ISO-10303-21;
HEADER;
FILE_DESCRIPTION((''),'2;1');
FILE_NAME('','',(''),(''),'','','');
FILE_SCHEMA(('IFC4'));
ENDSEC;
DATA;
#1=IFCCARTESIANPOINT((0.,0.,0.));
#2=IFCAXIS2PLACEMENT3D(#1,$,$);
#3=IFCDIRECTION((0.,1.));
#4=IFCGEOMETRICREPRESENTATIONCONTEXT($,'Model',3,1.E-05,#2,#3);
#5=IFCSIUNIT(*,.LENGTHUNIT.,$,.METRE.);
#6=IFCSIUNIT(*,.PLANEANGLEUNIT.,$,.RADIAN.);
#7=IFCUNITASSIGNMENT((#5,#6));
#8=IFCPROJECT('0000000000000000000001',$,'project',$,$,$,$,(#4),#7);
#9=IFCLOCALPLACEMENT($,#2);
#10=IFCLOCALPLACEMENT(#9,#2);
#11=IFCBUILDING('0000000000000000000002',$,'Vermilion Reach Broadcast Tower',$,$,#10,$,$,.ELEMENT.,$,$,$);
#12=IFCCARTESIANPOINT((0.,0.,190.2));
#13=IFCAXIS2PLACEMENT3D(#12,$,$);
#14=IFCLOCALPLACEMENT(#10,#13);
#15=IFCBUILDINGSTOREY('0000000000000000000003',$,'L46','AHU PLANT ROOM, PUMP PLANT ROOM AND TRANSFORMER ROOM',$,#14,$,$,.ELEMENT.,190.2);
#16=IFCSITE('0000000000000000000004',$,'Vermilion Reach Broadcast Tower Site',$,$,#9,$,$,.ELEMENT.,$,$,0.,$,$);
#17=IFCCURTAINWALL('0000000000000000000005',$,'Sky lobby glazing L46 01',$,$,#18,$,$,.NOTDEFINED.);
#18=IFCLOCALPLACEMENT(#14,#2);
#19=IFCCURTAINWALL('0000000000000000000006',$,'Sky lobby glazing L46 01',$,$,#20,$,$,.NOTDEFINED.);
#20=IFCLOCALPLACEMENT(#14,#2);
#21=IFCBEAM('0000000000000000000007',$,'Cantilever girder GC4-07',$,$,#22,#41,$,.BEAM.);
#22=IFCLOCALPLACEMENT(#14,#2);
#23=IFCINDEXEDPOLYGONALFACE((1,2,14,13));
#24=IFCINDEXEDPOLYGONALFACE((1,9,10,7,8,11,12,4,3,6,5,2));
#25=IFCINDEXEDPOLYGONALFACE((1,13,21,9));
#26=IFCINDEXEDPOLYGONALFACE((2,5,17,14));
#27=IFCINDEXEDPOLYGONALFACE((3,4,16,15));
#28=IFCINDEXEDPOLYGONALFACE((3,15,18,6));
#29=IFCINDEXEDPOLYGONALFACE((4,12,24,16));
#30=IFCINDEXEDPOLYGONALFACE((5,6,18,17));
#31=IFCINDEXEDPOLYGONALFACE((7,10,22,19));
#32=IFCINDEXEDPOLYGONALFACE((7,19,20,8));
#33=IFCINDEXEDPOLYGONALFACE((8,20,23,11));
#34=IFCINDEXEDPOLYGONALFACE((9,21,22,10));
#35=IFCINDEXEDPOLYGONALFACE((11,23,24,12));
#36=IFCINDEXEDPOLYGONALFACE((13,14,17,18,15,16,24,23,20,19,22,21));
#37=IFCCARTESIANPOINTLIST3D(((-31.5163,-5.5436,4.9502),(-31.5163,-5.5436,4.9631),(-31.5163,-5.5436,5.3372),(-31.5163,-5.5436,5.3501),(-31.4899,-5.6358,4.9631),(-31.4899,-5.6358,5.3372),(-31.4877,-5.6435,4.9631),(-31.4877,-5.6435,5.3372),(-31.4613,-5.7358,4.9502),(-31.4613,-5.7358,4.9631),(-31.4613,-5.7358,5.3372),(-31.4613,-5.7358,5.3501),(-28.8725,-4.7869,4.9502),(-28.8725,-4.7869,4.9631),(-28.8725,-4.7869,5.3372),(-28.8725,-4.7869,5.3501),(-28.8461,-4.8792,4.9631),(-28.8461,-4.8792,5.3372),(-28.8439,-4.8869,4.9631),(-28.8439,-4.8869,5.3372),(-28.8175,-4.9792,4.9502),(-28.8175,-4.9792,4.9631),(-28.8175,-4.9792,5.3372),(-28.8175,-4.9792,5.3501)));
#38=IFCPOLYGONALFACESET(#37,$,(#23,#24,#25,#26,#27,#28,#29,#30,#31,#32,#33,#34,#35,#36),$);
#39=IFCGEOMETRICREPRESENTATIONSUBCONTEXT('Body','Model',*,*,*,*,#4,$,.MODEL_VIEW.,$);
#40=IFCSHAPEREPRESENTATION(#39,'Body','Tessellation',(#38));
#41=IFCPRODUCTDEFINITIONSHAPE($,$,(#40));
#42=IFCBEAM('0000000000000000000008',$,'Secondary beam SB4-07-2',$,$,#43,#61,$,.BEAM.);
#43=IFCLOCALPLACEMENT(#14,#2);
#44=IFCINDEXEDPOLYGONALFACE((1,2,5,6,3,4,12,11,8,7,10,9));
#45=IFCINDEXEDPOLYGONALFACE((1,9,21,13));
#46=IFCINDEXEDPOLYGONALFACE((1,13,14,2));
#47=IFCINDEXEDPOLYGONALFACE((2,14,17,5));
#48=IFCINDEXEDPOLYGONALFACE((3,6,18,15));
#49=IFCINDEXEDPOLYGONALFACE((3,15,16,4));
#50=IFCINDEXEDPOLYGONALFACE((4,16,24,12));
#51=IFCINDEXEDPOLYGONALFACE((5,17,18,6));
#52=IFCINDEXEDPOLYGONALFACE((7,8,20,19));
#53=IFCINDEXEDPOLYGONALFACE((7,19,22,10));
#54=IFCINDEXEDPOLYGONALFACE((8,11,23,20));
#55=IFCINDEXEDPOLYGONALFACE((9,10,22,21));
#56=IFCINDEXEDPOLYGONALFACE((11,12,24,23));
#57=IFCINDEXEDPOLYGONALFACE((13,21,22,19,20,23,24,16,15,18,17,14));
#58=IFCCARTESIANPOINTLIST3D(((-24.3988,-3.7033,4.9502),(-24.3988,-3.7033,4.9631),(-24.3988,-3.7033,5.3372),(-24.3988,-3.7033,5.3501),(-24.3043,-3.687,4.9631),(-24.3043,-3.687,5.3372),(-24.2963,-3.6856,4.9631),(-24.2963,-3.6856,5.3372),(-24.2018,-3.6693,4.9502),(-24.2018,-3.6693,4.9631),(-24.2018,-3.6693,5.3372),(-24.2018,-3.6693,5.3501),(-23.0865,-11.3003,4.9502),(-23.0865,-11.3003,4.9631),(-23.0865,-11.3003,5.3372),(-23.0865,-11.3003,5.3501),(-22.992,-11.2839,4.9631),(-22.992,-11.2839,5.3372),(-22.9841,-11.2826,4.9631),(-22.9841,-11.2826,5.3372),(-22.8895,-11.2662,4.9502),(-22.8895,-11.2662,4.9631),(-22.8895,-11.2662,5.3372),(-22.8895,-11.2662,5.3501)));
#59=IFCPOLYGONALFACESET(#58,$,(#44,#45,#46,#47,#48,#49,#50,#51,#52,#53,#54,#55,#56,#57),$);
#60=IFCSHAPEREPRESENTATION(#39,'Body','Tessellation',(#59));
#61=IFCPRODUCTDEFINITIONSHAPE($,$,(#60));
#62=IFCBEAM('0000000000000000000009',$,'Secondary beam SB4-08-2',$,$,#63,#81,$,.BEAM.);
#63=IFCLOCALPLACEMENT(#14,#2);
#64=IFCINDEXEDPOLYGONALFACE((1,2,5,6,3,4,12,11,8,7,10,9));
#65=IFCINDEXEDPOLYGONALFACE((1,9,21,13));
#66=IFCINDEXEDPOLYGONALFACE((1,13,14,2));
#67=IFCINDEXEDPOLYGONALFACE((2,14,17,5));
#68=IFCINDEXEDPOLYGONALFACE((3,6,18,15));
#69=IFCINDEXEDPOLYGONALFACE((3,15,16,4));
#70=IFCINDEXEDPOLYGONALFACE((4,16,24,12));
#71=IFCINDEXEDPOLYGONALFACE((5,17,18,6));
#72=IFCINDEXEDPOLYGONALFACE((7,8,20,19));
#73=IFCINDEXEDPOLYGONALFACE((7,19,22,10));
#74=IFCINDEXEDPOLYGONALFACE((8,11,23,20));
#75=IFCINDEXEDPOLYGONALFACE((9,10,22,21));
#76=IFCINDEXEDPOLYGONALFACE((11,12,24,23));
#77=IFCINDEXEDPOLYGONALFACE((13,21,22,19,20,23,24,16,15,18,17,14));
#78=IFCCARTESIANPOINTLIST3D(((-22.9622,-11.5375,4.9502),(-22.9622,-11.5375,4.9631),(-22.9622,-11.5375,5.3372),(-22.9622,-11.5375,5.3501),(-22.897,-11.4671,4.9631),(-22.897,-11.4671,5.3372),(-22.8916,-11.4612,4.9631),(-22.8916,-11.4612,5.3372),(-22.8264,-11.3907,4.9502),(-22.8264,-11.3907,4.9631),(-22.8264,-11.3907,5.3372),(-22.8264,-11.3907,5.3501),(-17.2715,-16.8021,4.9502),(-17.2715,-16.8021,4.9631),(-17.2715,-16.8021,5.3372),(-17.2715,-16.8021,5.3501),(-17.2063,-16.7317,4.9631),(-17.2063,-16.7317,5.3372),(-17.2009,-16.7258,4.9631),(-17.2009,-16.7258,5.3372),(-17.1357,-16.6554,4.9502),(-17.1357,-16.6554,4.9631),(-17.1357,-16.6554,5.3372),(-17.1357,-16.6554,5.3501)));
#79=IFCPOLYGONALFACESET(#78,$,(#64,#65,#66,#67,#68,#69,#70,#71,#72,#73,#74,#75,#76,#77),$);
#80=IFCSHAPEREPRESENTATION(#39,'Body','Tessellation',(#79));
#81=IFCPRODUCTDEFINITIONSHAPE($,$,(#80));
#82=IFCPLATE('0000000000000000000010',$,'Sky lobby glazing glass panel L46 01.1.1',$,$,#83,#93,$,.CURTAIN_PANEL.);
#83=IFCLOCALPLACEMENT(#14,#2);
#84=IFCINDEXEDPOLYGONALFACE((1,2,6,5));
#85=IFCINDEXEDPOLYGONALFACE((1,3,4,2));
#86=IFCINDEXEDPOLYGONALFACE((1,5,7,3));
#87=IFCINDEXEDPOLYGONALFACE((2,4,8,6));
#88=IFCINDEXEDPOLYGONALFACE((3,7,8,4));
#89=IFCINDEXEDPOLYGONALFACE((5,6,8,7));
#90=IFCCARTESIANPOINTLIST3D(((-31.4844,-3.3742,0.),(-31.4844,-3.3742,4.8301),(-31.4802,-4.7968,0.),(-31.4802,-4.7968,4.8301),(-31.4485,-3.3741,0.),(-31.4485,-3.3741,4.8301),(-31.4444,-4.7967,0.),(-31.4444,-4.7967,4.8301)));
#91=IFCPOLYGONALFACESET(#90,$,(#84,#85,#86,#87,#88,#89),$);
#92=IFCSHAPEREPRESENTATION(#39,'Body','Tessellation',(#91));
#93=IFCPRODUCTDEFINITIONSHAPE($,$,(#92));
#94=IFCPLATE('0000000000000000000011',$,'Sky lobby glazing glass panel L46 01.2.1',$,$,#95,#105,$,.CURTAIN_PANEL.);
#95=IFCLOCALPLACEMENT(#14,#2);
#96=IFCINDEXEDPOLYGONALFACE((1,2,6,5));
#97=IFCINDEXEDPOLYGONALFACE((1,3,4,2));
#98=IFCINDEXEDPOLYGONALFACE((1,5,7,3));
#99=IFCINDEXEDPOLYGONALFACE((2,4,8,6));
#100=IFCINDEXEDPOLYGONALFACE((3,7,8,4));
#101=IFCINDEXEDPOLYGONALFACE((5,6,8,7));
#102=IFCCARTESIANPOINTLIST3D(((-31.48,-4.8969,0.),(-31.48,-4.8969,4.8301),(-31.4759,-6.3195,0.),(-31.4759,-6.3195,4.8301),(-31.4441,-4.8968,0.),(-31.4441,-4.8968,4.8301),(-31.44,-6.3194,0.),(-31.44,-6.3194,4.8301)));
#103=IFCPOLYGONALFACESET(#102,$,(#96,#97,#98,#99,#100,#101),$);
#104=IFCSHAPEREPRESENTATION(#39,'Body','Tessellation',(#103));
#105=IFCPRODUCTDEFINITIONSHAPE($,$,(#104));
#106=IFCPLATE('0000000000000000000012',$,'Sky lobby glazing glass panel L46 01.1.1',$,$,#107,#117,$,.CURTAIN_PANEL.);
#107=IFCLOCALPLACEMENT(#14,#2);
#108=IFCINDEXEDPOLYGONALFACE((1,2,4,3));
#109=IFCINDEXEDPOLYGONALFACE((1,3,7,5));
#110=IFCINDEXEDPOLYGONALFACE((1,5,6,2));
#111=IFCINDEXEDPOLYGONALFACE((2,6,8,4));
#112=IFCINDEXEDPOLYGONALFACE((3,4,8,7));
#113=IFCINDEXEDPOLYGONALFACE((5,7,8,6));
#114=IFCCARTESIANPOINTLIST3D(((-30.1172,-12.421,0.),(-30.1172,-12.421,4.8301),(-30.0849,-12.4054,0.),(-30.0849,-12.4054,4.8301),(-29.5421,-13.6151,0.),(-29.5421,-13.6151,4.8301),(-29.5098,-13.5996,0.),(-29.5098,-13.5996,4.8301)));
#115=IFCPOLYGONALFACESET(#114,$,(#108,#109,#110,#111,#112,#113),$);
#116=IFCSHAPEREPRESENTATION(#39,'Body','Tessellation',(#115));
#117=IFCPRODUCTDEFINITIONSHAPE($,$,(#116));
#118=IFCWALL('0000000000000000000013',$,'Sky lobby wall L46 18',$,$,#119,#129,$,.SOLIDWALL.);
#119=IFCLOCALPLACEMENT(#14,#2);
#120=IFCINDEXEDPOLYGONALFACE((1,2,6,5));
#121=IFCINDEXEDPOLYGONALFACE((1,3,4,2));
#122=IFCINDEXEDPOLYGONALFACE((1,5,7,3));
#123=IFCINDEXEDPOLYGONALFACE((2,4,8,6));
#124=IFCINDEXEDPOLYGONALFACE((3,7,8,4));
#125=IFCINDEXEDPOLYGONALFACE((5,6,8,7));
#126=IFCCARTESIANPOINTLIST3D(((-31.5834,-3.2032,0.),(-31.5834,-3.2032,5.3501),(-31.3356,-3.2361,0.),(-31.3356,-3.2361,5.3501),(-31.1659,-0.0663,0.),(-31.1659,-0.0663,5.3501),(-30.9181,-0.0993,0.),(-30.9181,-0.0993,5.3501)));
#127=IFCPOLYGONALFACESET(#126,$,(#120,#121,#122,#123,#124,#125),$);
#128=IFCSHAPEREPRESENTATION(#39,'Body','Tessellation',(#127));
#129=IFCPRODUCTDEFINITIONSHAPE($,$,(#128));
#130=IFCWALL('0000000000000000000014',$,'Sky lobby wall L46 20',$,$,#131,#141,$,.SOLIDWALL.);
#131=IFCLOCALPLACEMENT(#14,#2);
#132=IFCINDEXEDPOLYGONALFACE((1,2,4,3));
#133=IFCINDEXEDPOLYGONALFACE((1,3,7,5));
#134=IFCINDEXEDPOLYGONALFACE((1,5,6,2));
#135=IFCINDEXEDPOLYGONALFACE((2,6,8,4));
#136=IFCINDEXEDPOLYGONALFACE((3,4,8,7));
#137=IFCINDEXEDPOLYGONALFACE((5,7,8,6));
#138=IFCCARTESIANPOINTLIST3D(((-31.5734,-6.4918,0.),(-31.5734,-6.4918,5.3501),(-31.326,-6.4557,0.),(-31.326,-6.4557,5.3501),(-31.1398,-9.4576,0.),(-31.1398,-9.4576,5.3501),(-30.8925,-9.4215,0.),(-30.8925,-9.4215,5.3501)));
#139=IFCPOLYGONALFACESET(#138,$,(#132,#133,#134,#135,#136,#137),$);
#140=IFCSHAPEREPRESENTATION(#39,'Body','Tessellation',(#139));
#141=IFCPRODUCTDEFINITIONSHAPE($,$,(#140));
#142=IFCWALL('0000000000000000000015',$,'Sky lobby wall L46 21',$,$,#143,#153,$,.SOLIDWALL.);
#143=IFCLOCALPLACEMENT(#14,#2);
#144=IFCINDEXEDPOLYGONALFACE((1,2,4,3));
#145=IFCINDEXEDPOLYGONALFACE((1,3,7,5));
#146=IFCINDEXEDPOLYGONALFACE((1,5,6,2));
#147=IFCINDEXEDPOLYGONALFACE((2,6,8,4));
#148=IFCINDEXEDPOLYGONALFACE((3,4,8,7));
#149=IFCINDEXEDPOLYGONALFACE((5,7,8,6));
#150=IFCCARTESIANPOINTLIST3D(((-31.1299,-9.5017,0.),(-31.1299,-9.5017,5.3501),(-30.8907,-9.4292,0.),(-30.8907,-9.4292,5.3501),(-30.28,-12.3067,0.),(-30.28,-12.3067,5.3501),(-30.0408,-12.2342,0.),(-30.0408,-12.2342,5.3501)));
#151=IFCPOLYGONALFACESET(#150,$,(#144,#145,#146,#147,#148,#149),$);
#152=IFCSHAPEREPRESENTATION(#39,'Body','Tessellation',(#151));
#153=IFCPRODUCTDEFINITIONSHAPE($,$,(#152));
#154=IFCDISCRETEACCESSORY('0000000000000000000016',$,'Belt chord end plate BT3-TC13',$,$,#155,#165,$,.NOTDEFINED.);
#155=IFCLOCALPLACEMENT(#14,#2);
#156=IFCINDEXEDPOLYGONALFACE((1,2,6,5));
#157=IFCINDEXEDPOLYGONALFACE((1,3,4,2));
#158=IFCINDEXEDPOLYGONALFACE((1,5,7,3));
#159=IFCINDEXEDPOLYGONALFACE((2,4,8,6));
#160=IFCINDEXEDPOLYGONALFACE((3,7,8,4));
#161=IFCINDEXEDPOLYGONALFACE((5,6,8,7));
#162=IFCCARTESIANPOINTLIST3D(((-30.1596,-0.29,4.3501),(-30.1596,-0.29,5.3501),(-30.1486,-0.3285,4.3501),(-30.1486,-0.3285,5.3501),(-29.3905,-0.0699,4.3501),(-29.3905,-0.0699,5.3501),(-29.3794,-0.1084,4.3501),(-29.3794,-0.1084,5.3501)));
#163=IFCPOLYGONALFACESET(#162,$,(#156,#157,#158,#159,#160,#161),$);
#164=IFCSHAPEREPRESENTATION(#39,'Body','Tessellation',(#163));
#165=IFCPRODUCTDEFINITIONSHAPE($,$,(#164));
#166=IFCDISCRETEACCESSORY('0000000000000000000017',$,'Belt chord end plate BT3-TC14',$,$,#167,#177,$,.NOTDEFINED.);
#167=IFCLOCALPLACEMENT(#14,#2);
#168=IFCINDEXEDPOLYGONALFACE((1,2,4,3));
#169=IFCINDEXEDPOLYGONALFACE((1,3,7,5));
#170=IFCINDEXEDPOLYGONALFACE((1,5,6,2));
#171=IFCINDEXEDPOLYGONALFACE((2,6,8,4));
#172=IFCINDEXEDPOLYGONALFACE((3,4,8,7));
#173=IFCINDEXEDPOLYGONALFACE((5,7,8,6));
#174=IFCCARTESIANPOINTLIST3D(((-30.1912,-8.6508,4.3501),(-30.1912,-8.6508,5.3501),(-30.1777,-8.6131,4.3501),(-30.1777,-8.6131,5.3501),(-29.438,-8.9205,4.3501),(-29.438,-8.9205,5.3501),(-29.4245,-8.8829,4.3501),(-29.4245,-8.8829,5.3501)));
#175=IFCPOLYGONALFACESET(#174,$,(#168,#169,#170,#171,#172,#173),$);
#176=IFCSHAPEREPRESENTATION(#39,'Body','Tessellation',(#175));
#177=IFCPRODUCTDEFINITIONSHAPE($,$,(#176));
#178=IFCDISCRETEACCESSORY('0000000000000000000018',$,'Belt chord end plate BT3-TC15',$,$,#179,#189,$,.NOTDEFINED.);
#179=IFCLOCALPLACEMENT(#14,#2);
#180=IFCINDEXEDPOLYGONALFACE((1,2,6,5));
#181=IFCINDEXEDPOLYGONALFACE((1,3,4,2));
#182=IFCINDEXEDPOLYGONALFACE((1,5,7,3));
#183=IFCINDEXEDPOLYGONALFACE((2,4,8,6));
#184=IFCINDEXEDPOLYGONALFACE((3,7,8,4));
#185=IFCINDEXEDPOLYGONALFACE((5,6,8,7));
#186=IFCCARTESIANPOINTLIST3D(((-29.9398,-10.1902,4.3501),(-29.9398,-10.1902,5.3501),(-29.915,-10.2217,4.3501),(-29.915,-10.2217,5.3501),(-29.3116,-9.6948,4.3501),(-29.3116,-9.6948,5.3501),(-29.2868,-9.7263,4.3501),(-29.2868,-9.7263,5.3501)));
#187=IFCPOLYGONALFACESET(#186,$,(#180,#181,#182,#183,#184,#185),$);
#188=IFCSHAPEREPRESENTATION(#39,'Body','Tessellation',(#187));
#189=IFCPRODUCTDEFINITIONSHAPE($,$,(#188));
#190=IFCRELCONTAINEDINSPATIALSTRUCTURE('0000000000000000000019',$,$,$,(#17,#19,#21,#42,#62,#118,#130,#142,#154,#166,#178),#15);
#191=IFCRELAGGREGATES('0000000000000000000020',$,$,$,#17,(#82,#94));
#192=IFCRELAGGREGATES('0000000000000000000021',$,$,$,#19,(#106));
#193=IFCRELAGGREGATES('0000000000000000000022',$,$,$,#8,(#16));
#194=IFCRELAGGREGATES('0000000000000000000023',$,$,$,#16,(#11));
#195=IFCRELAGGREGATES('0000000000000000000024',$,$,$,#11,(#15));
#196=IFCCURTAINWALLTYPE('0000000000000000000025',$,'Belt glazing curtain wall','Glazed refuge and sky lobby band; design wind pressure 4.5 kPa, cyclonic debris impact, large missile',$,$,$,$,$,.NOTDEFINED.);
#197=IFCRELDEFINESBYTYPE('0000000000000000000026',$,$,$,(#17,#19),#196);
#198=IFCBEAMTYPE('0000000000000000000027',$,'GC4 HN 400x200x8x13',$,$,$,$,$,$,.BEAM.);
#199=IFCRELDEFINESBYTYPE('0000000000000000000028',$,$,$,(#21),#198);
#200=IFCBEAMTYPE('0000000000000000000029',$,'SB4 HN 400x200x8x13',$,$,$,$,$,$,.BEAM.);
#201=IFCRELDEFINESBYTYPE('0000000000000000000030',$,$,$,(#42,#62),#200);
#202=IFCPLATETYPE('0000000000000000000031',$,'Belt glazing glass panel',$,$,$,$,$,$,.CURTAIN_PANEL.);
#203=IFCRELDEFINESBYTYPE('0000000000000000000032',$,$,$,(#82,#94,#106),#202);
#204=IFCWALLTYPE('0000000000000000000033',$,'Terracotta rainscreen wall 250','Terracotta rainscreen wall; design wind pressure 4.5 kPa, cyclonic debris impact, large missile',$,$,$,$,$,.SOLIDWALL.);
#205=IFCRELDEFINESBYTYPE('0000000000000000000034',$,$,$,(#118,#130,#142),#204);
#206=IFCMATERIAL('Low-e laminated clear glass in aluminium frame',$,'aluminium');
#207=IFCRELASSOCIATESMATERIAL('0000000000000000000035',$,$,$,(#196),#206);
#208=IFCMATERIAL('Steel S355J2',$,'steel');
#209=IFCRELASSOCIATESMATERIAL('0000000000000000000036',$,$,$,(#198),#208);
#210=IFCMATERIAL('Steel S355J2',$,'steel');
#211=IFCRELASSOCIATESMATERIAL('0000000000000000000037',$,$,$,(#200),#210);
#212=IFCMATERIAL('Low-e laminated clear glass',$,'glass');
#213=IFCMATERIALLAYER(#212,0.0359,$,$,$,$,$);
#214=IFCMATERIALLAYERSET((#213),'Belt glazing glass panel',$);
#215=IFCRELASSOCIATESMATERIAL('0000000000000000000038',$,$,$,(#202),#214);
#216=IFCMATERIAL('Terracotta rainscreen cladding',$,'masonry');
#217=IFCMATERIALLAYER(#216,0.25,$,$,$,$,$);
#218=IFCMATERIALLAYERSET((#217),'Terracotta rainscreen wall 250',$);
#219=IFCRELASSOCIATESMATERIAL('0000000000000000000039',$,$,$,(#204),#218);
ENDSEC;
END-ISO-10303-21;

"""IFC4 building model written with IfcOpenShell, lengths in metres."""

from ifc_helpers import new_model, si_unit, direction, frame, frame_2d, origin, origin_2d, place, context, subcontext, project, spatial, rectangle, i_section, extrude, material, layer, layer_set, material_profile, profile_set, type_object, element, aggregate, save


model = new_model("IFC4")

# Units and contexts
model_context = context("Model", 3, precision=1e-05, world=origin(), true_north=direction((0.0, 1.0)))
body_context = subcontext(model_context, "Body", "Model", "MODEL_VIEW")
ifc_project = project(units=[si_unit("LENGTHUNIT", "METRE"), si_unit("PLANEANGLEUNIT", "RADIAN")], contexts=[model_context])

# Site, building, storey
site_placement = place(None, origin())
site = spatial("IfcSite", under=ifc_project, at=site_placement, Name="Vermilion Reach Broadcast Tower Site", CompositionType="ELEMENT", RefElevation=0.0)
building_placement = place(site_placement, origin())
building = spatial("IfcBuilding", under=site, at=building_placement, Name="Vermilion Reach Broadcast Tower", CompositionType="ELEMENT")
storey_placement = place(building_placement, frame((0.0, 0.0, 190.2)))
storey = spatial("IfcBuildingStorey", under=building, at=storey_placement, Name="L46", Description="AHU PLANT ROOM, PUMP PLANT ROOM AND TRANSFORMER ROOM", CompositionType="ELEMENT", Elevation=190.2)

# Curtain wall
ifc_material_1 = material(Name="Low-e laminated clear glass in aluminium frame", Category="aluminium")
curtain_wall_type = type_object("IfcCurtainWallType", Name="Belt glazing curtain wall", Description="Glazed refuge and sky lobby band; design wind pressure 4.5 kPa, cyclonic debris impact, large missile", PredefinedType="NOTDEFINED", material=ifc_material_1)
placement = place(storey_placement, origin())
curtain_wall_1 = element("IfcCurtainWall", 1, at=placement, inside=storey, type_object=curtain_wall_type, Name="Sky lobby glazing L46 01", PredefinedType="NOTDEFINED")

# Curtain wall
curtain_wall_2 = element("IfcCurtainWall", 2, at=placement, inside=storey, type_object=curtain_wall_type, Name="Sky lobby glazing L46 01", PredefinedType="NOTDEFINED")

# Beams
ifc_material_2 = material(Name="Steel S355J2", Category="steel")
ifc_material_profile_1 = material_profile(ifc_material_2, i_section(OverallWidth=0.2, OverallDepth=0.3999, WebThickness=0.0081, FlangeThickness=0.0129, at=origin_2d()), Name="S355J2 HN 400x200x8x13")
ifc_profile_set_1 = profile_set([ifc_material_profile_1], Name="Steel S355J2")
beam_type_1 = type_object("IfcBeamType", Name="GC4 HN 400x200x8x13", PredefinedType="BEAM", material=ifc_profile_set_1)
beam_1_placement = place(storey_placement, frame((-28.845, -4.8831, 5.1501), z_axis=(-0.961407, -0.275132, 0.0), x_axis=(0.275132, -0.961407, 0.0)))
element("IfcBeam", 3, at=beam_1_placement, inside=storey, type_object=beam_type_1, Name="Cantilever girder GC4-07", PredefinedType="BEAM", context=body_context, shape_type="SweptSolid", body=[
    extrude(i_section(OverallWidth=0.2, OverallDepth=0.3999, WebThickness=0.0081, FlangeThickness=0.0129, at=origin_2d()), origin(), (0.0, 0.0, 1.0), 2.75),
])
ifc_material_3 = material(Name="Steel S355J2", Category="steel")
ifc_material_profile_2 = material_profile(ifc_material_3, i_section(OverallWidth=0.2, OverallDepth=0.3999, WebThickness=0.0081, FlangeThickness=0.0129, at=origin_2d()), Name="S355J2 HN 400x200x8x13")
ifc_profile_set_2 = profile_set([ifc_material_profile_2], Name="Steel S355J2")
beam_type_2 = type_object("IfcBeamType", Name="SB4 HN 400x200x8x13", PredefinedType="BEAM", material=ifc_profile_set_2)
beam_2_placement = place(storey_placement, frame((-24.3003, -3.6863, 5.1501), z_axis=(0.170214, -0.985407, 0.0), x_axis=(0.985407, 0.170214, 0.0)))
element("IfcBeam", 4, at=beam_2_placement, inside=storey, type_object=beam_type_2, Name="Secondary beam SB4-07-2", PredefinedType="BEAM", context=body_context, shape_type="SweptSolid", body=[
    extrude(i_section(OverallWidth=0.2, OverallDepth=0.3999, WebThickness=0.0081, FlangeThickness=0.0129, at=origin_2d()), origin(), (0.0, 0.0, 1.0), 7.7095),
])
beam_3_placement = place(storey_placement, frame((-22.8943, -11.4641, 5.1501), z_axis=(0.73405, -0.679096, 0.0), x_axis=(0.679096, 0.73405, 0.0)))
element("IfcBeam", 5, at=beam_3_placement, inside=storey, type_object=beam_type_2, Name="Secondary beam SB4-08-2", PredefinedType="BEAM", context=body_context, shape_type="SweptSolid", body=[
    extrude(i_section(OverallWidth=0.2, OverallDepth=0.3999, WebThickness=0.0081, FlangeThickness=0.0129, at=origin_2d()), origin(), (0.0, 0.0, 1.0), 7.7524),
])

# Plates
ifc_material_4 = material(Name="Low-e laminated clear glass", Category="glass")
ifc_layer_1 = layer(ifc_material_4, 0.0359)
ifc_layer_set_1 = layer_set([ifc_layer_1], Name="Belt glazing glass panel")
plate_type = type_object("IfcPlateType", Name="Belt glazing glass panel", PredefinedType="CURTAIN_PANEL", material=ifc_layer_set_1)
plate_1_placement = place(storey_placement, frame((-31.4644, -4.0854, 0.0), z_axis=(0.0, 0.0, 1.0), x_axis=(0.002886, -0.999996, 0.0)))
plate_1 = element("IfcPlate", 6, at=plate_1_placement, type_object=plate_type, Name="Sky lobby glazing glass panel L46 01.1.1", PredefinedType="CURTAIN_PANEL", context=body_context, shape_type="SweptSolid", body=[
    extrude(rectangle(XDim=1.4226, YDim=0.0359, at=origin_2d()), origin(), (0.0, 0.0, 1.0), 4.8301),
])
plate_2_placement = place(storey_placement, frame((-31.46, -5.6082, 0.0), z_axis=(0.0, 0.0, 1.0), x_axis=(0.002886, -0.999996, 0.0)))
plate_2 = element("IfcPlate", 7, at=plate_2_placement, type_object=plate_type, Name="Sky lobby glazing glass panel L46 01.2.1", PredefinedType="CURTAIN_PANEL", context=body_context, shape_type="SweptSolid", body=[
    extrude(rectangle(XDim=1.4226, YDim=0.0359, at=origin_2d()), origin(), (0.0, 0.0, 1.0), 4.8301),
])
aggregate(curtain_wall_1, [plate_1, plate_2])
plate_3_placement = place(storey_placement, frame((-29.8135, -13.0103, 0.0), z_axis=(0.0, 0.0, 1.0), x_axis=(0.433902, -0.90096, 0.0)))
plate_3 = element("IfcPlate", 8, at=plate_3_placement, type_object=plate_type, Name="Sky lobby glazing glass panel L46 01.1.1", PredefinedType="CURTAIN_PANEL", context=body_context, shape_type="SweptSolid", body=[
    extrude(rectangle(XDim=1.3254, YDim=0.0359, at=origin_2d()), origin(), (0.0, 0.0, 1.0), 4.8301),
])
aggregate(curtain_wall_2, [plate_3])

# Walls
ifc_material_5 = material(Name="Terracotta rainscreen cladding", Category="masonry")
ifc_layer_2 = layer(ifc_material_5, 0.25)
ifc_layer_set_2 = layer_set([ifc_layer_2], Name="Terracotta rainscreen wall 250")
wall_type = type_object("IfcWallType", Name="Terracotta rainscreen wall 250", Description="Terracotta rainscreen wall; design wind pressure 4.5 kPa, cyclonic debris impact, large missile", PredefinedType="SOLIDWALL", material=ifc_layer_set_2)
wall_1_placement = place(storey_placement, frame((-31.042, -0.0828, 0.0), z_axis=(0.0, 0.0, 1.0), x_axis=(-0.131921, -0.99126, 0.0)))
element("IfcWall", 9, at=wall_1_placement, inside=storey, type_object=wall_type, Name="Sky lobby wall L46 18", PredefinedType="SOLIDWALL", context=body_context, shape_type="SweptSolid", body=[
    extrude(rectangle(XDim=3.1646, YDim=0.25, at=frame_2d((1.5823, 0.0))), origin(), (0.0, 0.0, 1.0), 5.3501),
])
wall_2_placement = place(storey_placement, frame((-31.4497, -6.4739, 0.0), z_axis=(0.0, 0.0, 1.0), x_axis=(0.144659, -0.989482, 0.0)))
element("IfcWall", 10, at=wall_2_placement, inside=storey, type_object=wall_type, Name="Sky lobby wall L46 20", PredefinedType="SOLIDWALL", context=body_context, shape_type="SweptSolid", body=[
    extrude(rectangle(XDim=2.9973, YDim=0.25, at=frame_2d((1.4985, 0.0))), origin(), (0.0, 0.0, 1.0), 5.3501),
])
wall_3_placement = place(storey_placement, frame((-31.0103, -9.4656, 0.0), z_axis=(0.0, 0.0, 1.0), x_axis=(0.289968, -0.957036, 0.0)))
element("IfcWall", 11, at=wall_3_placement, inside=storey, type_object=wall_type, Name="Sky lobby wall L46 21", PredefinedType="SOLIDWALL", context=body_context, shape_type="SweptSolid", body=[
    extrude(rectangle(XDim=2.9309, YDim=0.25, at=frame_2d((1.4653, 0.0))), origin(), (0.0, 0.0, 1.0), 5.3501),
])

# Discrete accessories
for number, where, z_axis, x_axis, name in (
    (12, (-29.7695, -0.1992, 4.3501), (0.0, 0.0, 1.0), (-0.275164, 0.961397, 0.0), "Belt chord end plate BT3-TC13"),
    (13, (-29.8079, -8.7668, 4.3501), (0.0, 0.0, 1.0), (-0.33712, -0.941462, 0.0), "Belt chord end plate BT3-TC14"),
    (14, (-29.6133, -9.9583, 4.3501), (0.0, 0.0, 1.0), (-0.61918, 0.785249, 0.0), "Belt chord end plate BT3-TC15"),
):
    element("IfcDiscreteAccessory", number, at=place(storey_placement, frame(where, z_axis=z_axis, x_axis=x_axis)), inside=storey, Name=name, PredefinedType="NOTDEFINED", context=body_context, shape_type="SweptSolid", body=[
        extrude(rectangle(XDim=0.04, YDim=0.8, at=origin_2d()), origin(), (0.0, 0.0, 1.0), 1.0),
    ])

save(model, "model.ifc")
